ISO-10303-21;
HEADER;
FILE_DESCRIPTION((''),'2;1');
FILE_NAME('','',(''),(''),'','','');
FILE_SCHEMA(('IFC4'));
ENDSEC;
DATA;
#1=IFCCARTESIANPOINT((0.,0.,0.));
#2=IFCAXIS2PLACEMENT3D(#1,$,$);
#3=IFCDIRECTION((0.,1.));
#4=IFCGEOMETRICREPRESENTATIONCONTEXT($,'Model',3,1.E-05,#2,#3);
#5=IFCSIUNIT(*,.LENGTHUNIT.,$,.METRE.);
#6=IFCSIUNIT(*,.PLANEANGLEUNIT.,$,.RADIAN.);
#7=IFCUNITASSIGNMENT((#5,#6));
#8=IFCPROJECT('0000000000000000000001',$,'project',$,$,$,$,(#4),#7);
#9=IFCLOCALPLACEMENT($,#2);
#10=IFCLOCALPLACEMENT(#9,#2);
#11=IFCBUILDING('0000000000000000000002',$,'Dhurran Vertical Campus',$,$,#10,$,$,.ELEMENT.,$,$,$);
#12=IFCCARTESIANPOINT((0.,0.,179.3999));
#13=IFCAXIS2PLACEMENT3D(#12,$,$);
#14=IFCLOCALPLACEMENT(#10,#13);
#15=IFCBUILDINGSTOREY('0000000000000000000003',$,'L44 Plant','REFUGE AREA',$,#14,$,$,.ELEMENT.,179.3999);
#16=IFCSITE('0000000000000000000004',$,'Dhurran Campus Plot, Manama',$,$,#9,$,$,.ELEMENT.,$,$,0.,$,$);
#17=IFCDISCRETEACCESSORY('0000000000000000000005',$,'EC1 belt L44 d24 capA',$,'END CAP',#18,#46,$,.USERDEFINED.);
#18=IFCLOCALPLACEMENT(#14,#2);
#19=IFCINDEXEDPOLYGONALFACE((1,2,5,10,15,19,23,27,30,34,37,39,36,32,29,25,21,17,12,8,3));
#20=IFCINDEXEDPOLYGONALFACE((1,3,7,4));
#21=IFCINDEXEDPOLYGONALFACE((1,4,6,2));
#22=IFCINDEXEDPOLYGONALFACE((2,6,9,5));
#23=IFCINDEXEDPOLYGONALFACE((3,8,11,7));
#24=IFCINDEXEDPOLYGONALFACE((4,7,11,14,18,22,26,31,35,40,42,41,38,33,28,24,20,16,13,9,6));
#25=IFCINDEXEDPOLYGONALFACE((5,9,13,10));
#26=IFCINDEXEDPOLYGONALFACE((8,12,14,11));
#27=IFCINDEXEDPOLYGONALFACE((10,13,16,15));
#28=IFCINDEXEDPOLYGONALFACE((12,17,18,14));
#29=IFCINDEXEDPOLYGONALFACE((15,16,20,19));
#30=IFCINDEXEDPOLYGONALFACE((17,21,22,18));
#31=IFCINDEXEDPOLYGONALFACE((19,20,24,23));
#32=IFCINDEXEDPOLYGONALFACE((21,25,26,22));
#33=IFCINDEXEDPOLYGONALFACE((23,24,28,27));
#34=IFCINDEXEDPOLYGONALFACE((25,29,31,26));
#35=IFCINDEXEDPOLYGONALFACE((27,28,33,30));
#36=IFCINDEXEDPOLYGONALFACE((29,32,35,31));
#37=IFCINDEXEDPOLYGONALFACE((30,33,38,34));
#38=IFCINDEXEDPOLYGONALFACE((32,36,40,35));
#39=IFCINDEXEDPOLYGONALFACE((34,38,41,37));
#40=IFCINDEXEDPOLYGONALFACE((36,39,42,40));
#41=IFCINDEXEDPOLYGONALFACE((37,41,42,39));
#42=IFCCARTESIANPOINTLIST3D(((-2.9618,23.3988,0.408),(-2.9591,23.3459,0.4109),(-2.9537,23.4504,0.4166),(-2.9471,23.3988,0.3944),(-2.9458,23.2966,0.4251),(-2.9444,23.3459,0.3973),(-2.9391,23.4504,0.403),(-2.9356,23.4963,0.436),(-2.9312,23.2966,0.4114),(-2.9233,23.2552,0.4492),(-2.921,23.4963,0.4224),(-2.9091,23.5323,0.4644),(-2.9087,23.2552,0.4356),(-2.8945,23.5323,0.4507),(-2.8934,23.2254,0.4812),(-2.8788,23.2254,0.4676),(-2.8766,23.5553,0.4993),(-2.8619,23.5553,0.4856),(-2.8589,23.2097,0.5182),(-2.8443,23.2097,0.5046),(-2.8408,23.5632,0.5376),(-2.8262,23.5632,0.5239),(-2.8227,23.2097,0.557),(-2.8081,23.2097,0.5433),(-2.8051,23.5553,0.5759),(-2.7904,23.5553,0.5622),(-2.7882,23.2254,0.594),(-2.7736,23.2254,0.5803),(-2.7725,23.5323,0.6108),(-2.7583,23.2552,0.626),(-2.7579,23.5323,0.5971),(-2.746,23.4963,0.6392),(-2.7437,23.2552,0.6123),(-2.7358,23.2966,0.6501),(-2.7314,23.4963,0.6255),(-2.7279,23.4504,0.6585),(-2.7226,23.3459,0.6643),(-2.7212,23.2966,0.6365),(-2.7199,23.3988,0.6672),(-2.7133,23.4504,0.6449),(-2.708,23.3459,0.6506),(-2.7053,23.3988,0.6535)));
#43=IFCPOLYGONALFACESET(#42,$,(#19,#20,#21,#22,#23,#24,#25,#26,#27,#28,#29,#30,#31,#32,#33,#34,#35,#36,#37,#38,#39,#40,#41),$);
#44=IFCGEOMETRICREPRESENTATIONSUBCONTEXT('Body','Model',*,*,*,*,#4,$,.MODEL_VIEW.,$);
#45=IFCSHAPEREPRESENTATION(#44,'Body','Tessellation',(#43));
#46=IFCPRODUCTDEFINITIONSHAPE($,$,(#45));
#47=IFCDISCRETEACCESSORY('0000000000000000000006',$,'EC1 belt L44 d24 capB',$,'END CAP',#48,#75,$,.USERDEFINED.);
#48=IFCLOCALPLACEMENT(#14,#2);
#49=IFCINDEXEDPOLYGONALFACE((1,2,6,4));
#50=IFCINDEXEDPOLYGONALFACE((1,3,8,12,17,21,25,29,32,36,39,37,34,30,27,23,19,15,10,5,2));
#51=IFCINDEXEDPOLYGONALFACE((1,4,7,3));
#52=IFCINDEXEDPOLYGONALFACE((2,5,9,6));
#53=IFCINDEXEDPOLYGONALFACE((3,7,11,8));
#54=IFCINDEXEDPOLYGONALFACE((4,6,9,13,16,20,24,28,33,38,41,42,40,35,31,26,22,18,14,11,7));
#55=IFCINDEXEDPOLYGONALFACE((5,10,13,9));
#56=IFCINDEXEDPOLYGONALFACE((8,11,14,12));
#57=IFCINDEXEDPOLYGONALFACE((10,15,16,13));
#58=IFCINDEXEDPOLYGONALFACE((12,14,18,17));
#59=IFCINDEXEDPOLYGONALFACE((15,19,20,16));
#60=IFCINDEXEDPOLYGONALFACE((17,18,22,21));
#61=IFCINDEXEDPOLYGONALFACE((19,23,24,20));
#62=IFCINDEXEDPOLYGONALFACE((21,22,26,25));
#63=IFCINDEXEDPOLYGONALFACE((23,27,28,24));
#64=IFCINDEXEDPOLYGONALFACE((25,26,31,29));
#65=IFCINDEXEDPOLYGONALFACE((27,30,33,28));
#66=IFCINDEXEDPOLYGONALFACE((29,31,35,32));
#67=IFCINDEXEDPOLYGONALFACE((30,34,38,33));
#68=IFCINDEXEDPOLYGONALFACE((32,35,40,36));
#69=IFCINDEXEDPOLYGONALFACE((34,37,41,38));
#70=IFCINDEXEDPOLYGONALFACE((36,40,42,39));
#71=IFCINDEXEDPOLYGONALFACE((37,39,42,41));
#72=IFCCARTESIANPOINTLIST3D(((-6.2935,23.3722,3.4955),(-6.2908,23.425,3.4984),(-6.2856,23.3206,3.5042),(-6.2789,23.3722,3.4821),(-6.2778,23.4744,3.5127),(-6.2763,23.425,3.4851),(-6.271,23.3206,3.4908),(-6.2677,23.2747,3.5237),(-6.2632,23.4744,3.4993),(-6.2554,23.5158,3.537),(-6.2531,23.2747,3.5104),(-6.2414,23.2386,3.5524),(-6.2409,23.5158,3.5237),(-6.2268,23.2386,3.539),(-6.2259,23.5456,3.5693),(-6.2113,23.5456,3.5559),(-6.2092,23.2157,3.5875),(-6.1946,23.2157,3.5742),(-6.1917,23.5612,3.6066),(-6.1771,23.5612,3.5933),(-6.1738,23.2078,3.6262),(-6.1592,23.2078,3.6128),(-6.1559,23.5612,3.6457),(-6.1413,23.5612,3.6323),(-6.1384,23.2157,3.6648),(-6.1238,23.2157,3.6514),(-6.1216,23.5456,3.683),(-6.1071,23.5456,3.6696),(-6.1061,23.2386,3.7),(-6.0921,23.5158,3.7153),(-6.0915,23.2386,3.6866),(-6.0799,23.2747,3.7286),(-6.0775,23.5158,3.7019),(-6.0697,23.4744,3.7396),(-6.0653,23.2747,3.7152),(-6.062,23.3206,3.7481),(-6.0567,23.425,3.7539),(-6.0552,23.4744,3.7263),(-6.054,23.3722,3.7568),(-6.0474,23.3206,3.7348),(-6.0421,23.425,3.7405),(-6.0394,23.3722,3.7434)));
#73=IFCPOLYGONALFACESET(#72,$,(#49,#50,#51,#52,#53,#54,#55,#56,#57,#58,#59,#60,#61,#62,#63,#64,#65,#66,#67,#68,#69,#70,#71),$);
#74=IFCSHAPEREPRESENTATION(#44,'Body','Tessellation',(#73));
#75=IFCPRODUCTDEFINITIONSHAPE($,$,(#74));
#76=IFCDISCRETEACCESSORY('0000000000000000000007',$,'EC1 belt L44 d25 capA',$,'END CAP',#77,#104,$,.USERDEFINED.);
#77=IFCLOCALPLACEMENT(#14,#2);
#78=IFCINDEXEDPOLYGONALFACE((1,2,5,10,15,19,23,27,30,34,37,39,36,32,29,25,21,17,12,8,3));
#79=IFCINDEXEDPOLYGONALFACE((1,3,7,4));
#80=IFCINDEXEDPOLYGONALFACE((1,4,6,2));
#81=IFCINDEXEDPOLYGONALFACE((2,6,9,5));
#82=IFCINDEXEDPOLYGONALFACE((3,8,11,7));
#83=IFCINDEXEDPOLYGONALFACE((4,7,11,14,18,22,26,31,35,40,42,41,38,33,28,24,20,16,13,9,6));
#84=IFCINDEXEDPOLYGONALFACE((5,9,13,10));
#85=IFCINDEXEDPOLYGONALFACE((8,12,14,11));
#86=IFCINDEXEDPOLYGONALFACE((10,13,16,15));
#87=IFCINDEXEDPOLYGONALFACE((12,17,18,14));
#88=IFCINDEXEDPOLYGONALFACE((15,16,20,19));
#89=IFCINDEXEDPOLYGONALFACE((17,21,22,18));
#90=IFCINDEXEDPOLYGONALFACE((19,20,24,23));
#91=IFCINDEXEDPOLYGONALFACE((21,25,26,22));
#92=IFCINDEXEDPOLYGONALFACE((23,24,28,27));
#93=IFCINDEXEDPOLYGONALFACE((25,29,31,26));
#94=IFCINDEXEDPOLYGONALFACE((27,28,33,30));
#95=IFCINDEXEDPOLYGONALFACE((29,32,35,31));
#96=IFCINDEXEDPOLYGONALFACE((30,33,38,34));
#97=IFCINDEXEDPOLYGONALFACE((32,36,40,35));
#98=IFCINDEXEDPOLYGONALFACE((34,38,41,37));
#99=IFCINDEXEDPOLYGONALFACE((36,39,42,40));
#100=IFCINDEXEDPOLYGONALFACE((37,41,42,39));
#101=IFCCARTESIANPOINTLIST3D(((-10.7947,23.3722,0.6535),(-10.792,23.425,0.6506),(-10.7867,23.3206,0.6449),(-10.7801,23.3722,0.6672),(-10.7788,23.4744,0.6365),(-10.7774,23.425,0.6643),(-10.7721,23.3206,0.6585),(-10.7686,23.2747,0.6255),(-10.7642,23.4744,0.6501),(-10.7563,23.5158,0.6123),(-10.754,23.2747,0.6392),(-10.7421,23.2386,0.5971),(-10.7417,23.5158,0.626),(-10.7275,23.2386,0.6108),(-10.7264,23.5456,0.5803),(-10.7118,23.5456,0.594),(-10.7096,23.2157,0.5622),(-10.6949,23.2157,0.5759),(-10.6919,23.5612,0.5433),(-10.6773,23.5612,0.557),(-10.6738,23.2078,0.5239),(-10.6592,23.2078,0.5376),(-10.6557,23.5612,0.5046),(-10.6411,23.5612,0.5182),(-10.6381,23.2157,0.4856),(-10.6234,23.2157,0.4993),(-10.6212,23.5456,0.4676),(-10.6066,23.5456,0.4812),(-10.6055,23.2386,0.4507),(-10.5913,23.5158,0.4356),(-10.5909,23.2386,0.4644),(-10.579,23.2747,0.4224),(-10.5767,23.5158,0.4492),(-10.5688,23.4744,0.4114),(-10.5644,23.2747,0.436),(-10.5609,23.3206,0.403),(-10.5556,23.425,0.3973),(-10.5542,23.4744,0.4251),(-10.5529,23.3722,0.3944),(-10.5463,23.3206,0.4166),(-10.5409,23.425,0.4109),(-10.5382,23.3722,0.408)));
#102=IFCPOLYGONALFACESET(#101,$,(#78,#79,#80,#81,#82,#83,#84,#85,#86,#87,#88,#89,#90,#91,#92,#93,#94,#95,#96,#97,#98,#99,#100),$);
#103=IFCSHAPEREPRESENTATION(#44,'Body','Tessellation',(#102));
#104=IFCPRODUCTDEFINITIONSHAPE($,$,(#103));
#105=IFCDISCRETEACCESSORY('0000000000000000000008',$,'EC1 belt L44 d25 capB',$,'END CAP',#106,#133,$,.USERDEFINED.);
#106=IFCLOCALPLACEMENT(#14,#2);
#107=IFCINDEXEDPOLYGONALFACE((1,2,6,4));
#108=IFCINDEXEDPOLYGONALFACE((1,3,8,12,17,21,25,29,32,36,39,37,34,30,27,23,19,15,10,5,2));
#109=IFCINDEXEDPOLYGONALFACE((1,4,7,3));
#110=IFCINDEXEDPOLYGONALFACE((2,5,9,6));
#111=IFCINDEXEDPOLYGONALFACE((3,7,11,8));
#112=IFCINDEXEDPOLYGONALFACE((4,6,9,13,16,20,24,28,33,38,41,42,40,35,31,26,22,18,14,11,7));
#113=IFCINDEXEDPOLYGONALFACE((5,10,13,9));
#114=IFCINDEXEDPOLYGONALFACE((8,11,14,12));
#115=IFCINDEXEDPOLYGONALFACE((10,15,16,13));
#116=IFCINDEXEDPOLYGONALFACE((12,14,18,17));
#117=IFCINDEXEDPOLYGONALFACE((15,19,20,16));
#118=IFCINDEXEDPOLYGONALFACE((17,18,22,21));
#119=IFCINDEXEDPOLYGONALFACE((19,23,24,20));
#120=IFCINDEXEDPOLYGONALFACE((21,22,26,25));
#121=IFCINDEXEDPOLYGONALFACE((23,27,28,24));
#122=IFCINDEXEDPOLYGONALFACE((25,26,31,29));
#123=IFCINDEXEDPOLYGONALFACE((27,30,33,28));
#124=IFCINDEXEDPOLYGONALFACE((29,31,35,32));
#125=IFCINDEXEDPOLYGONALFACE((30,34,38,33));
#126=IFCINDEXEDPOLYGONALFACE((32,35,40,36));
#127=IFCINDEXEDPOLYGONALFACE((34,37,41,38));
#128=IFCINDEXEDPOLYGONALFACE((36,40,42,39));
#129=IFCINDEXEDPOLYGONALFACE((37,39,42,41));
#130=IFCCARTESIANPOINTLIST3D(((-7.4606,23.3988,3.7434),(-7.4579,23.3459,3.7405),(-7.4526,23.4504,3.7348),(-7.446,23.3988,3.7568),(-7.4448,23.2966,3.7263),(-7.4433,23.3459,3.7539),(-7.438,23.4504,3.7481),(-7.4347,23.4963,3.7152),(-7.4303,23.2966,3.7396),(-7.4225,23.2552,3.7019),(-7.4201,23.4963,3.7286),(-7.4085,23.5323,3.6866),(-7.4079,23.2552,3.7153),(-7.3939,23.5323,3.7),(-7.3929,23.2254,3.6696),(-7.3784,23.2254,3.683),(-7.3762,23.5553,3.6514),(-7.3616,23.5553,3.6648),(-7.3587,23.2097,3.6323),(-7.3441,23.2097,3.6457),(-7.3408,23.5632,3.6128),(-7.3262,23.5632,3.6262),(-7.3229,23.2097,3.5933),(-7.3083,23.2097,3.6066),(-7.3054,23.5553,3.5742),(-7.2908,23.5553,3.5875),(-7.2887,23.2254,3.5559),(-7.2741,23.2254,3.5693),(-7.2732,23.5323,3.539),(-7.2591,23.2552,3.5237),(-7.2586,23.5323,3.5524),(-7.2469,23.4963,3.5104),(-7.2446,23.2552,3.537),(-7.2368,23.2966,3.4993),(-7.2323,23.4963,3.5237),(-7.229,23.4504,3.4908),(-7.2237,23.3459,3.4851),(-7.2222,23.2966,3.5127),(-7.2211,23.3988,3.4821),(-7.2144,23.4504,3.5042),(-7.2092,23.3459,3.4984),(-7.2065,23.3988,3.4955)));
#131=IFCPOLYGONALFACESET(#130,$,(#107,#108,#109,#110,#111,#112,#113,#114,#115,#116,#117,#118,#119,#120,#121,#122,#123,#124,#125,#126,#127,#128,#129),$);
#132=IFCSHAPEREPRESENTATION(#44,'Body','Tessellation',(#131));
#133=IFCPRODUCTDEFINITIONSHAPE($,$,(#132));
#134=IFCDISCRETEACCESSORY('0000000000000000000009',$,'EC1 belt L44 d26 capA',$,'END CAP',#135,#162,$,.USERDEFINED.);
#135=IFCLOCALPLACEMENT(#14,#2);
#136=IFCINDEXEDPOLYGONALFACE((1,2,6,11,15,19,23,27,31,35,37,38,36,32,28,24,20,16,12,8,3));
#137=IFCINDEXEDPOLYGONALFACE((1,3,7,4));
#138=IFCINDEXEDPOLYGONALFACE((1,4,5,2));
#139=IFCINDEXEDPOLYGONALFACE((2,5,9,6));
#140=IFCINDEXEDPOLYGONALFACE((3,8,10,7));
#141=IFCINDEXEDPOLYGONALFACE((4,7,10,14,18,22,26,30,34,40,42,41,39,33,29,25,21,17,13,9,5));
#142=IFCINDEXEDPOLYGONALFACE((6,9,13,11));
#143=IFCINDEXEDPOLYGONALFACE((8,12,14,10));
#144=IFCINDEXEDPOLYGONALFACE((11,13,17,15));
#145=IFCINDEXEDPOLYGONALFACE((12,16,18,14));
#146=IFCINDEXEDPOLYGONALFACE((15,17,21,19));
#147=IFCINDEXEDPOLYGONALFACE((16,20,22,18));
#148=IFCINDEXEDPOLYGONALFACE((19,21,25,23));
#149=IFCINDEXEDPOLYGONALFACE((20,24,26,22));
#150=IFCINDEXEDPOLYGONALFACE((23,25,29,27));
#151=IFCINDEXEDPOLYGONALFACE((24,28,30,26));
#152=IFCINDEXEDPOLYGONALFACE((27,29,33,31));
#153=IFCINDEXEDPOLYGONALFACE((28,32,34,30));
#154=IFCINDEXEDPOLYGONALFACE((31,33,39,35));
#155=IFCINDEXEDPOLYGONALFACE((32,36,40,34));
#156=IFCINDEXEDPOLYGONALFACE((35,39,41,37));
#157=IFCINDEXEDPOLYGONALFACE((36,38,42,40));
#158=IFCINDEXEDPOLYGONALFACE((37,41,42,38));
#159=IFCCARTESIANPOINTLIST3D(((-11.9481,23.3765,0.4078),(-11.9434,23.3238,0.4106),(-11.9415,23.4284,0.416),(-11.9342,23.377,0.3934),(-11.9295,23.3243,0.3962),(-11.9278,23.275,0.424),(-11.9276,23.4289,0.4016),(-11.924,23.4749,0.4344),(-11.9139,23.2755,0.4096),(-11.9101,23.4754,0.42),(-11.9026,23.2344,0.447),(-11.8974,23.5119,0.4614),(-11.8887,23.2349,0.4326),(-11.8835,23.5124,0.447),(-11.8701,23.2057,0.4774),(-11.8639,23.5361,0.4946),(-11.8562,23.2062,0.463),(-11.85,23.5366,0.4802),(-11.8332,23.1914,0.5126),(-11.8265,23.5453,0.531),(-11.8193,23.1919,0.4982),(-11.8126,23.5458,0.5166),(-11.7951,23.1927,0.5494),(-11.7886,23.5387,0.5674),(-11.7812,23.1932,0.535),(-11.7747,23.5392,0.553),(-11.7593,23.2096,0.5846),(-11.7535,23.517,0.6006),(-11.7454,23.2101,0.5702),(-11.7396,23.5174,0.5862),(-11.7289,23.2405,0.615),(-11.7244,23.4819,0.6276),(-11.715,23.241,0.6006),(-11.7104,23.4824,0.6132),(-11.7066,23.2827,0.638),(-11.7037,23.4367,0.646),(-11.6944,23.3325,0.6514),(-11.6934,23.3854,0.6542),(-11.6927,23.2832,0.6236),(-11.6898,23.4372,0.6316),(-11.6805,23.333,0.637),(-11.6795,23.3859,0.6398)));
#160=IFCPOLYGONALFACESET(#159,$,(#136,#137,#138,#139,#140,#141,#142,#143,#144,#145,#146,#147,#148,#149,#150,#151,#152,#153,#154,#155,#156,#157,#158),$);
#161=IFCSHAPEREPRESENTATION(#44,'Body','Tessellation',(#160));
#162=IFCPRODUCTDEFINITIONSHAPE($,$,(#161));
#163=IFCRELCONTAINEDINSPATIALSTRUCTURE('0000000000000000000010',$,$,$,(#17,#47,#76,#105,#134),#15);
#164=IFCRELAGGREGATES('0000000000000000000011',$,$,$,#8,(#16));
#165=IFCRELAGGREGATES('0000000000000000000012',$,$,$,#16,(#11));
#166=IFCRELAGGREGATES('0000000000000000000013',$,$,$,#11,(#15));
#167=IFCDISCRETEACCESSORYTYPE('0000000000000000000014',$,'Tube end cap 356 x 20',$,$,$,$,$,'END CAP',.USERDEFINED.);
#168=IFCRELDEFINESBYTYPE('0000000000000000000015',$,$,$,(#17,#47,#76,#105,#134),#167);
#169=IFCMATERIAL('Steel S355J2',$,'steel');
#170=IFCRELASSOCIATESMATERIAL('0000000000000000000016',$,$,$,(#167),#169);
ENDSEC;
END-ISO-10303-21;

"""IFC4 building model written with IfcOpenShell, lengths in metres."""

from ifc_helpers import new_model, si_unit, direction, frame, origin, origin_2d, place, context, subcontext, project, spatial, circle, extrude, material, material_profile, profile_set, type_object, element, save


model = new_model("IFC4")

# Units and contexts
model_context = context("Model", 3, precision=1e-05, world=origin(), true_north=direction((0.0, 1.0)))
body_context = subcontext(model_context, "Body", "Model", "MODEL_VIEW")
ifc_project = project(units=[si_unit("LENGTHUNIT", "METRE"), si_unit("PLANEANGLEUNIT", "RADIAN")], contexts=[model_context])

# Site, building, storey
site_placement = place(None, origin())
site = spatial("IfcSite", under=ifc_project, at=site_placement, Name="Dhurran Campus Plot, Manama", CompositionType="ELEMENT", RefElevation=0.0)
building_placement = place(site_placement, origin())
building = spatial("IfcBuilding", under=site, at=building_placement, Name="Dhurran Vertical Campus", CompositionType="ELEMENT")
storey_placement = place(building_placement, frame((0.0, 0.0, 179.3999)))
storey = spatial("IfcBuildingStorey", under=building, at=storey_placement, Name="L44 Plant", Description="REFUGE AREA", CompositionType="ELEMENT", Elevation=179.3999)

# Discrete accessories
ifc_material_1 = material(Name="Steel S355J2", Category="steel")
ifc_material_profile_1 = material_profile(ifc_material_1, circle(Radius=0.1777, at=origin_2d()), Name="Tube end cap 356 x 20")
ifc_profile_set_1 = profile_set([ifc_material_profile_1], Name="Steel S355J2")
discrete_accessory_type = type_object("IfcDiscreteAccessoryType", Name="Tube end cap 356 x 20", ElementType="END CAP", PredefinedType="USERDEFINED", material=ifc_profile_set_1)
for number, where, z_axis, x_axis, name in (
    (1, (-2.8408, 23.3855, 0.5376), (0.731055, 0.0, -0.682318), (0.0, 1.0, 0.0), "EC1 belt L44 d24 capA"),
):
    element("IfcDiscreteAccessory", number, at=place(storey_placement, frame(where, z_axis=z_axis, x_axis=x_axis)), inside=storey, type_object=discrete_accessory_type, Name=name, ObjectType="END CAP", PredefinedType="USERDEFINED", context=body_context, shape_type="SweptSolid", body=[
        extrude(circle(Radius=0.1777, at=origin_2d()), origin(), (0.0, 0.0, 1.0), 0.02),
    ])
discrete_accessory_1_placement = place(storey_placement, frame((-6.1592, 23.3855, 3.6128), z_axis=(-0.737154, 0.0, 0.675725), x_axis=(0.0, -1.0, 0.0)))
element("IfcDiscreteAccessory", 2, at=discrete_accessory_1_placement, inside=storey, type_object=discrete_accessory_type, Name="EC1 belt L44 d24 capB", ObjectType="END CAP", PredefinedType="USERDEFINED", context=body_context, shape_type="SweptSolid", body=[
    extrude(circle(Radius=0.1777, at=origin_2d()), origin(), (0.0, 0.0, 1.0), 0.0198),
])
discrete_accessory_2_placement = place(storey_placement, frame((-10.6592, 23.3855, 0.5376), z_axis=(-0.731055, 0.0, -0.682318), x_axis=(0.0, -1.0, 0.0)))
element("IfcDiscreteAccessory", 3, at=discrete_accessory_2_placement, inside=storey, type_object=discrete_accessory_type, Name="EC1 belt L44 d25 capA", ObjectType="END CAP", PredefinedType="USERDEFINED", context=body_context, shape_type="SweptSolid", body=[
    extrude(circle(Radius=0.1777, at=origin_2d()), origin(), (0.0, 0.0, 1.0), 0.02),
])
discrete_accessory_3_placement = place(storey_placement, frame((-7.3408, 23.3855, 3.6128), z_axis=(0.737154, 0.0, 0.675725), x_axis=(0.0, 1.0, 0.0)))
element("IfcDiscreteAccessory", 4, at=discrete_accessory_3_placement, inside=storey, type_object=discrete_accessory_type, Name="EC1 belt L44 d25 capB", ObjectType="END CAP", PredefinedType="USERDEFINED", context=body_context, shape_type="SweptSolid", body=[
    extrude(circle(Radius=0.1777, at=origin_2d()), origin(), (0.0, 0.0, 1.0), 0.0198),
])
discrete_accessory_4_placement = place(storey_placement, frame((-11.8203, 23.3677, 0.531), z_axis=(0.694606, 0.024372, -0.718978), x_axis=(-0.035066, 0.999385, 0.0)))
element("IfcDiscreteAccessory", 5, at=discrete_accessory_4_placement, inside=storey, type_object=discrete_accessory_type, Name="EC1 belt L44 d26 capA", ObjectType="END CAP", PredefinedType="USERDEFINED", context=body_context, shape_type="SweptSolid", body=[
    extrude(circle(Radius=0.1777, at=origin_2d()), origin(), (0.0, 0.0, 1.0), 0.02),
])

save(model, "model.ifc")
